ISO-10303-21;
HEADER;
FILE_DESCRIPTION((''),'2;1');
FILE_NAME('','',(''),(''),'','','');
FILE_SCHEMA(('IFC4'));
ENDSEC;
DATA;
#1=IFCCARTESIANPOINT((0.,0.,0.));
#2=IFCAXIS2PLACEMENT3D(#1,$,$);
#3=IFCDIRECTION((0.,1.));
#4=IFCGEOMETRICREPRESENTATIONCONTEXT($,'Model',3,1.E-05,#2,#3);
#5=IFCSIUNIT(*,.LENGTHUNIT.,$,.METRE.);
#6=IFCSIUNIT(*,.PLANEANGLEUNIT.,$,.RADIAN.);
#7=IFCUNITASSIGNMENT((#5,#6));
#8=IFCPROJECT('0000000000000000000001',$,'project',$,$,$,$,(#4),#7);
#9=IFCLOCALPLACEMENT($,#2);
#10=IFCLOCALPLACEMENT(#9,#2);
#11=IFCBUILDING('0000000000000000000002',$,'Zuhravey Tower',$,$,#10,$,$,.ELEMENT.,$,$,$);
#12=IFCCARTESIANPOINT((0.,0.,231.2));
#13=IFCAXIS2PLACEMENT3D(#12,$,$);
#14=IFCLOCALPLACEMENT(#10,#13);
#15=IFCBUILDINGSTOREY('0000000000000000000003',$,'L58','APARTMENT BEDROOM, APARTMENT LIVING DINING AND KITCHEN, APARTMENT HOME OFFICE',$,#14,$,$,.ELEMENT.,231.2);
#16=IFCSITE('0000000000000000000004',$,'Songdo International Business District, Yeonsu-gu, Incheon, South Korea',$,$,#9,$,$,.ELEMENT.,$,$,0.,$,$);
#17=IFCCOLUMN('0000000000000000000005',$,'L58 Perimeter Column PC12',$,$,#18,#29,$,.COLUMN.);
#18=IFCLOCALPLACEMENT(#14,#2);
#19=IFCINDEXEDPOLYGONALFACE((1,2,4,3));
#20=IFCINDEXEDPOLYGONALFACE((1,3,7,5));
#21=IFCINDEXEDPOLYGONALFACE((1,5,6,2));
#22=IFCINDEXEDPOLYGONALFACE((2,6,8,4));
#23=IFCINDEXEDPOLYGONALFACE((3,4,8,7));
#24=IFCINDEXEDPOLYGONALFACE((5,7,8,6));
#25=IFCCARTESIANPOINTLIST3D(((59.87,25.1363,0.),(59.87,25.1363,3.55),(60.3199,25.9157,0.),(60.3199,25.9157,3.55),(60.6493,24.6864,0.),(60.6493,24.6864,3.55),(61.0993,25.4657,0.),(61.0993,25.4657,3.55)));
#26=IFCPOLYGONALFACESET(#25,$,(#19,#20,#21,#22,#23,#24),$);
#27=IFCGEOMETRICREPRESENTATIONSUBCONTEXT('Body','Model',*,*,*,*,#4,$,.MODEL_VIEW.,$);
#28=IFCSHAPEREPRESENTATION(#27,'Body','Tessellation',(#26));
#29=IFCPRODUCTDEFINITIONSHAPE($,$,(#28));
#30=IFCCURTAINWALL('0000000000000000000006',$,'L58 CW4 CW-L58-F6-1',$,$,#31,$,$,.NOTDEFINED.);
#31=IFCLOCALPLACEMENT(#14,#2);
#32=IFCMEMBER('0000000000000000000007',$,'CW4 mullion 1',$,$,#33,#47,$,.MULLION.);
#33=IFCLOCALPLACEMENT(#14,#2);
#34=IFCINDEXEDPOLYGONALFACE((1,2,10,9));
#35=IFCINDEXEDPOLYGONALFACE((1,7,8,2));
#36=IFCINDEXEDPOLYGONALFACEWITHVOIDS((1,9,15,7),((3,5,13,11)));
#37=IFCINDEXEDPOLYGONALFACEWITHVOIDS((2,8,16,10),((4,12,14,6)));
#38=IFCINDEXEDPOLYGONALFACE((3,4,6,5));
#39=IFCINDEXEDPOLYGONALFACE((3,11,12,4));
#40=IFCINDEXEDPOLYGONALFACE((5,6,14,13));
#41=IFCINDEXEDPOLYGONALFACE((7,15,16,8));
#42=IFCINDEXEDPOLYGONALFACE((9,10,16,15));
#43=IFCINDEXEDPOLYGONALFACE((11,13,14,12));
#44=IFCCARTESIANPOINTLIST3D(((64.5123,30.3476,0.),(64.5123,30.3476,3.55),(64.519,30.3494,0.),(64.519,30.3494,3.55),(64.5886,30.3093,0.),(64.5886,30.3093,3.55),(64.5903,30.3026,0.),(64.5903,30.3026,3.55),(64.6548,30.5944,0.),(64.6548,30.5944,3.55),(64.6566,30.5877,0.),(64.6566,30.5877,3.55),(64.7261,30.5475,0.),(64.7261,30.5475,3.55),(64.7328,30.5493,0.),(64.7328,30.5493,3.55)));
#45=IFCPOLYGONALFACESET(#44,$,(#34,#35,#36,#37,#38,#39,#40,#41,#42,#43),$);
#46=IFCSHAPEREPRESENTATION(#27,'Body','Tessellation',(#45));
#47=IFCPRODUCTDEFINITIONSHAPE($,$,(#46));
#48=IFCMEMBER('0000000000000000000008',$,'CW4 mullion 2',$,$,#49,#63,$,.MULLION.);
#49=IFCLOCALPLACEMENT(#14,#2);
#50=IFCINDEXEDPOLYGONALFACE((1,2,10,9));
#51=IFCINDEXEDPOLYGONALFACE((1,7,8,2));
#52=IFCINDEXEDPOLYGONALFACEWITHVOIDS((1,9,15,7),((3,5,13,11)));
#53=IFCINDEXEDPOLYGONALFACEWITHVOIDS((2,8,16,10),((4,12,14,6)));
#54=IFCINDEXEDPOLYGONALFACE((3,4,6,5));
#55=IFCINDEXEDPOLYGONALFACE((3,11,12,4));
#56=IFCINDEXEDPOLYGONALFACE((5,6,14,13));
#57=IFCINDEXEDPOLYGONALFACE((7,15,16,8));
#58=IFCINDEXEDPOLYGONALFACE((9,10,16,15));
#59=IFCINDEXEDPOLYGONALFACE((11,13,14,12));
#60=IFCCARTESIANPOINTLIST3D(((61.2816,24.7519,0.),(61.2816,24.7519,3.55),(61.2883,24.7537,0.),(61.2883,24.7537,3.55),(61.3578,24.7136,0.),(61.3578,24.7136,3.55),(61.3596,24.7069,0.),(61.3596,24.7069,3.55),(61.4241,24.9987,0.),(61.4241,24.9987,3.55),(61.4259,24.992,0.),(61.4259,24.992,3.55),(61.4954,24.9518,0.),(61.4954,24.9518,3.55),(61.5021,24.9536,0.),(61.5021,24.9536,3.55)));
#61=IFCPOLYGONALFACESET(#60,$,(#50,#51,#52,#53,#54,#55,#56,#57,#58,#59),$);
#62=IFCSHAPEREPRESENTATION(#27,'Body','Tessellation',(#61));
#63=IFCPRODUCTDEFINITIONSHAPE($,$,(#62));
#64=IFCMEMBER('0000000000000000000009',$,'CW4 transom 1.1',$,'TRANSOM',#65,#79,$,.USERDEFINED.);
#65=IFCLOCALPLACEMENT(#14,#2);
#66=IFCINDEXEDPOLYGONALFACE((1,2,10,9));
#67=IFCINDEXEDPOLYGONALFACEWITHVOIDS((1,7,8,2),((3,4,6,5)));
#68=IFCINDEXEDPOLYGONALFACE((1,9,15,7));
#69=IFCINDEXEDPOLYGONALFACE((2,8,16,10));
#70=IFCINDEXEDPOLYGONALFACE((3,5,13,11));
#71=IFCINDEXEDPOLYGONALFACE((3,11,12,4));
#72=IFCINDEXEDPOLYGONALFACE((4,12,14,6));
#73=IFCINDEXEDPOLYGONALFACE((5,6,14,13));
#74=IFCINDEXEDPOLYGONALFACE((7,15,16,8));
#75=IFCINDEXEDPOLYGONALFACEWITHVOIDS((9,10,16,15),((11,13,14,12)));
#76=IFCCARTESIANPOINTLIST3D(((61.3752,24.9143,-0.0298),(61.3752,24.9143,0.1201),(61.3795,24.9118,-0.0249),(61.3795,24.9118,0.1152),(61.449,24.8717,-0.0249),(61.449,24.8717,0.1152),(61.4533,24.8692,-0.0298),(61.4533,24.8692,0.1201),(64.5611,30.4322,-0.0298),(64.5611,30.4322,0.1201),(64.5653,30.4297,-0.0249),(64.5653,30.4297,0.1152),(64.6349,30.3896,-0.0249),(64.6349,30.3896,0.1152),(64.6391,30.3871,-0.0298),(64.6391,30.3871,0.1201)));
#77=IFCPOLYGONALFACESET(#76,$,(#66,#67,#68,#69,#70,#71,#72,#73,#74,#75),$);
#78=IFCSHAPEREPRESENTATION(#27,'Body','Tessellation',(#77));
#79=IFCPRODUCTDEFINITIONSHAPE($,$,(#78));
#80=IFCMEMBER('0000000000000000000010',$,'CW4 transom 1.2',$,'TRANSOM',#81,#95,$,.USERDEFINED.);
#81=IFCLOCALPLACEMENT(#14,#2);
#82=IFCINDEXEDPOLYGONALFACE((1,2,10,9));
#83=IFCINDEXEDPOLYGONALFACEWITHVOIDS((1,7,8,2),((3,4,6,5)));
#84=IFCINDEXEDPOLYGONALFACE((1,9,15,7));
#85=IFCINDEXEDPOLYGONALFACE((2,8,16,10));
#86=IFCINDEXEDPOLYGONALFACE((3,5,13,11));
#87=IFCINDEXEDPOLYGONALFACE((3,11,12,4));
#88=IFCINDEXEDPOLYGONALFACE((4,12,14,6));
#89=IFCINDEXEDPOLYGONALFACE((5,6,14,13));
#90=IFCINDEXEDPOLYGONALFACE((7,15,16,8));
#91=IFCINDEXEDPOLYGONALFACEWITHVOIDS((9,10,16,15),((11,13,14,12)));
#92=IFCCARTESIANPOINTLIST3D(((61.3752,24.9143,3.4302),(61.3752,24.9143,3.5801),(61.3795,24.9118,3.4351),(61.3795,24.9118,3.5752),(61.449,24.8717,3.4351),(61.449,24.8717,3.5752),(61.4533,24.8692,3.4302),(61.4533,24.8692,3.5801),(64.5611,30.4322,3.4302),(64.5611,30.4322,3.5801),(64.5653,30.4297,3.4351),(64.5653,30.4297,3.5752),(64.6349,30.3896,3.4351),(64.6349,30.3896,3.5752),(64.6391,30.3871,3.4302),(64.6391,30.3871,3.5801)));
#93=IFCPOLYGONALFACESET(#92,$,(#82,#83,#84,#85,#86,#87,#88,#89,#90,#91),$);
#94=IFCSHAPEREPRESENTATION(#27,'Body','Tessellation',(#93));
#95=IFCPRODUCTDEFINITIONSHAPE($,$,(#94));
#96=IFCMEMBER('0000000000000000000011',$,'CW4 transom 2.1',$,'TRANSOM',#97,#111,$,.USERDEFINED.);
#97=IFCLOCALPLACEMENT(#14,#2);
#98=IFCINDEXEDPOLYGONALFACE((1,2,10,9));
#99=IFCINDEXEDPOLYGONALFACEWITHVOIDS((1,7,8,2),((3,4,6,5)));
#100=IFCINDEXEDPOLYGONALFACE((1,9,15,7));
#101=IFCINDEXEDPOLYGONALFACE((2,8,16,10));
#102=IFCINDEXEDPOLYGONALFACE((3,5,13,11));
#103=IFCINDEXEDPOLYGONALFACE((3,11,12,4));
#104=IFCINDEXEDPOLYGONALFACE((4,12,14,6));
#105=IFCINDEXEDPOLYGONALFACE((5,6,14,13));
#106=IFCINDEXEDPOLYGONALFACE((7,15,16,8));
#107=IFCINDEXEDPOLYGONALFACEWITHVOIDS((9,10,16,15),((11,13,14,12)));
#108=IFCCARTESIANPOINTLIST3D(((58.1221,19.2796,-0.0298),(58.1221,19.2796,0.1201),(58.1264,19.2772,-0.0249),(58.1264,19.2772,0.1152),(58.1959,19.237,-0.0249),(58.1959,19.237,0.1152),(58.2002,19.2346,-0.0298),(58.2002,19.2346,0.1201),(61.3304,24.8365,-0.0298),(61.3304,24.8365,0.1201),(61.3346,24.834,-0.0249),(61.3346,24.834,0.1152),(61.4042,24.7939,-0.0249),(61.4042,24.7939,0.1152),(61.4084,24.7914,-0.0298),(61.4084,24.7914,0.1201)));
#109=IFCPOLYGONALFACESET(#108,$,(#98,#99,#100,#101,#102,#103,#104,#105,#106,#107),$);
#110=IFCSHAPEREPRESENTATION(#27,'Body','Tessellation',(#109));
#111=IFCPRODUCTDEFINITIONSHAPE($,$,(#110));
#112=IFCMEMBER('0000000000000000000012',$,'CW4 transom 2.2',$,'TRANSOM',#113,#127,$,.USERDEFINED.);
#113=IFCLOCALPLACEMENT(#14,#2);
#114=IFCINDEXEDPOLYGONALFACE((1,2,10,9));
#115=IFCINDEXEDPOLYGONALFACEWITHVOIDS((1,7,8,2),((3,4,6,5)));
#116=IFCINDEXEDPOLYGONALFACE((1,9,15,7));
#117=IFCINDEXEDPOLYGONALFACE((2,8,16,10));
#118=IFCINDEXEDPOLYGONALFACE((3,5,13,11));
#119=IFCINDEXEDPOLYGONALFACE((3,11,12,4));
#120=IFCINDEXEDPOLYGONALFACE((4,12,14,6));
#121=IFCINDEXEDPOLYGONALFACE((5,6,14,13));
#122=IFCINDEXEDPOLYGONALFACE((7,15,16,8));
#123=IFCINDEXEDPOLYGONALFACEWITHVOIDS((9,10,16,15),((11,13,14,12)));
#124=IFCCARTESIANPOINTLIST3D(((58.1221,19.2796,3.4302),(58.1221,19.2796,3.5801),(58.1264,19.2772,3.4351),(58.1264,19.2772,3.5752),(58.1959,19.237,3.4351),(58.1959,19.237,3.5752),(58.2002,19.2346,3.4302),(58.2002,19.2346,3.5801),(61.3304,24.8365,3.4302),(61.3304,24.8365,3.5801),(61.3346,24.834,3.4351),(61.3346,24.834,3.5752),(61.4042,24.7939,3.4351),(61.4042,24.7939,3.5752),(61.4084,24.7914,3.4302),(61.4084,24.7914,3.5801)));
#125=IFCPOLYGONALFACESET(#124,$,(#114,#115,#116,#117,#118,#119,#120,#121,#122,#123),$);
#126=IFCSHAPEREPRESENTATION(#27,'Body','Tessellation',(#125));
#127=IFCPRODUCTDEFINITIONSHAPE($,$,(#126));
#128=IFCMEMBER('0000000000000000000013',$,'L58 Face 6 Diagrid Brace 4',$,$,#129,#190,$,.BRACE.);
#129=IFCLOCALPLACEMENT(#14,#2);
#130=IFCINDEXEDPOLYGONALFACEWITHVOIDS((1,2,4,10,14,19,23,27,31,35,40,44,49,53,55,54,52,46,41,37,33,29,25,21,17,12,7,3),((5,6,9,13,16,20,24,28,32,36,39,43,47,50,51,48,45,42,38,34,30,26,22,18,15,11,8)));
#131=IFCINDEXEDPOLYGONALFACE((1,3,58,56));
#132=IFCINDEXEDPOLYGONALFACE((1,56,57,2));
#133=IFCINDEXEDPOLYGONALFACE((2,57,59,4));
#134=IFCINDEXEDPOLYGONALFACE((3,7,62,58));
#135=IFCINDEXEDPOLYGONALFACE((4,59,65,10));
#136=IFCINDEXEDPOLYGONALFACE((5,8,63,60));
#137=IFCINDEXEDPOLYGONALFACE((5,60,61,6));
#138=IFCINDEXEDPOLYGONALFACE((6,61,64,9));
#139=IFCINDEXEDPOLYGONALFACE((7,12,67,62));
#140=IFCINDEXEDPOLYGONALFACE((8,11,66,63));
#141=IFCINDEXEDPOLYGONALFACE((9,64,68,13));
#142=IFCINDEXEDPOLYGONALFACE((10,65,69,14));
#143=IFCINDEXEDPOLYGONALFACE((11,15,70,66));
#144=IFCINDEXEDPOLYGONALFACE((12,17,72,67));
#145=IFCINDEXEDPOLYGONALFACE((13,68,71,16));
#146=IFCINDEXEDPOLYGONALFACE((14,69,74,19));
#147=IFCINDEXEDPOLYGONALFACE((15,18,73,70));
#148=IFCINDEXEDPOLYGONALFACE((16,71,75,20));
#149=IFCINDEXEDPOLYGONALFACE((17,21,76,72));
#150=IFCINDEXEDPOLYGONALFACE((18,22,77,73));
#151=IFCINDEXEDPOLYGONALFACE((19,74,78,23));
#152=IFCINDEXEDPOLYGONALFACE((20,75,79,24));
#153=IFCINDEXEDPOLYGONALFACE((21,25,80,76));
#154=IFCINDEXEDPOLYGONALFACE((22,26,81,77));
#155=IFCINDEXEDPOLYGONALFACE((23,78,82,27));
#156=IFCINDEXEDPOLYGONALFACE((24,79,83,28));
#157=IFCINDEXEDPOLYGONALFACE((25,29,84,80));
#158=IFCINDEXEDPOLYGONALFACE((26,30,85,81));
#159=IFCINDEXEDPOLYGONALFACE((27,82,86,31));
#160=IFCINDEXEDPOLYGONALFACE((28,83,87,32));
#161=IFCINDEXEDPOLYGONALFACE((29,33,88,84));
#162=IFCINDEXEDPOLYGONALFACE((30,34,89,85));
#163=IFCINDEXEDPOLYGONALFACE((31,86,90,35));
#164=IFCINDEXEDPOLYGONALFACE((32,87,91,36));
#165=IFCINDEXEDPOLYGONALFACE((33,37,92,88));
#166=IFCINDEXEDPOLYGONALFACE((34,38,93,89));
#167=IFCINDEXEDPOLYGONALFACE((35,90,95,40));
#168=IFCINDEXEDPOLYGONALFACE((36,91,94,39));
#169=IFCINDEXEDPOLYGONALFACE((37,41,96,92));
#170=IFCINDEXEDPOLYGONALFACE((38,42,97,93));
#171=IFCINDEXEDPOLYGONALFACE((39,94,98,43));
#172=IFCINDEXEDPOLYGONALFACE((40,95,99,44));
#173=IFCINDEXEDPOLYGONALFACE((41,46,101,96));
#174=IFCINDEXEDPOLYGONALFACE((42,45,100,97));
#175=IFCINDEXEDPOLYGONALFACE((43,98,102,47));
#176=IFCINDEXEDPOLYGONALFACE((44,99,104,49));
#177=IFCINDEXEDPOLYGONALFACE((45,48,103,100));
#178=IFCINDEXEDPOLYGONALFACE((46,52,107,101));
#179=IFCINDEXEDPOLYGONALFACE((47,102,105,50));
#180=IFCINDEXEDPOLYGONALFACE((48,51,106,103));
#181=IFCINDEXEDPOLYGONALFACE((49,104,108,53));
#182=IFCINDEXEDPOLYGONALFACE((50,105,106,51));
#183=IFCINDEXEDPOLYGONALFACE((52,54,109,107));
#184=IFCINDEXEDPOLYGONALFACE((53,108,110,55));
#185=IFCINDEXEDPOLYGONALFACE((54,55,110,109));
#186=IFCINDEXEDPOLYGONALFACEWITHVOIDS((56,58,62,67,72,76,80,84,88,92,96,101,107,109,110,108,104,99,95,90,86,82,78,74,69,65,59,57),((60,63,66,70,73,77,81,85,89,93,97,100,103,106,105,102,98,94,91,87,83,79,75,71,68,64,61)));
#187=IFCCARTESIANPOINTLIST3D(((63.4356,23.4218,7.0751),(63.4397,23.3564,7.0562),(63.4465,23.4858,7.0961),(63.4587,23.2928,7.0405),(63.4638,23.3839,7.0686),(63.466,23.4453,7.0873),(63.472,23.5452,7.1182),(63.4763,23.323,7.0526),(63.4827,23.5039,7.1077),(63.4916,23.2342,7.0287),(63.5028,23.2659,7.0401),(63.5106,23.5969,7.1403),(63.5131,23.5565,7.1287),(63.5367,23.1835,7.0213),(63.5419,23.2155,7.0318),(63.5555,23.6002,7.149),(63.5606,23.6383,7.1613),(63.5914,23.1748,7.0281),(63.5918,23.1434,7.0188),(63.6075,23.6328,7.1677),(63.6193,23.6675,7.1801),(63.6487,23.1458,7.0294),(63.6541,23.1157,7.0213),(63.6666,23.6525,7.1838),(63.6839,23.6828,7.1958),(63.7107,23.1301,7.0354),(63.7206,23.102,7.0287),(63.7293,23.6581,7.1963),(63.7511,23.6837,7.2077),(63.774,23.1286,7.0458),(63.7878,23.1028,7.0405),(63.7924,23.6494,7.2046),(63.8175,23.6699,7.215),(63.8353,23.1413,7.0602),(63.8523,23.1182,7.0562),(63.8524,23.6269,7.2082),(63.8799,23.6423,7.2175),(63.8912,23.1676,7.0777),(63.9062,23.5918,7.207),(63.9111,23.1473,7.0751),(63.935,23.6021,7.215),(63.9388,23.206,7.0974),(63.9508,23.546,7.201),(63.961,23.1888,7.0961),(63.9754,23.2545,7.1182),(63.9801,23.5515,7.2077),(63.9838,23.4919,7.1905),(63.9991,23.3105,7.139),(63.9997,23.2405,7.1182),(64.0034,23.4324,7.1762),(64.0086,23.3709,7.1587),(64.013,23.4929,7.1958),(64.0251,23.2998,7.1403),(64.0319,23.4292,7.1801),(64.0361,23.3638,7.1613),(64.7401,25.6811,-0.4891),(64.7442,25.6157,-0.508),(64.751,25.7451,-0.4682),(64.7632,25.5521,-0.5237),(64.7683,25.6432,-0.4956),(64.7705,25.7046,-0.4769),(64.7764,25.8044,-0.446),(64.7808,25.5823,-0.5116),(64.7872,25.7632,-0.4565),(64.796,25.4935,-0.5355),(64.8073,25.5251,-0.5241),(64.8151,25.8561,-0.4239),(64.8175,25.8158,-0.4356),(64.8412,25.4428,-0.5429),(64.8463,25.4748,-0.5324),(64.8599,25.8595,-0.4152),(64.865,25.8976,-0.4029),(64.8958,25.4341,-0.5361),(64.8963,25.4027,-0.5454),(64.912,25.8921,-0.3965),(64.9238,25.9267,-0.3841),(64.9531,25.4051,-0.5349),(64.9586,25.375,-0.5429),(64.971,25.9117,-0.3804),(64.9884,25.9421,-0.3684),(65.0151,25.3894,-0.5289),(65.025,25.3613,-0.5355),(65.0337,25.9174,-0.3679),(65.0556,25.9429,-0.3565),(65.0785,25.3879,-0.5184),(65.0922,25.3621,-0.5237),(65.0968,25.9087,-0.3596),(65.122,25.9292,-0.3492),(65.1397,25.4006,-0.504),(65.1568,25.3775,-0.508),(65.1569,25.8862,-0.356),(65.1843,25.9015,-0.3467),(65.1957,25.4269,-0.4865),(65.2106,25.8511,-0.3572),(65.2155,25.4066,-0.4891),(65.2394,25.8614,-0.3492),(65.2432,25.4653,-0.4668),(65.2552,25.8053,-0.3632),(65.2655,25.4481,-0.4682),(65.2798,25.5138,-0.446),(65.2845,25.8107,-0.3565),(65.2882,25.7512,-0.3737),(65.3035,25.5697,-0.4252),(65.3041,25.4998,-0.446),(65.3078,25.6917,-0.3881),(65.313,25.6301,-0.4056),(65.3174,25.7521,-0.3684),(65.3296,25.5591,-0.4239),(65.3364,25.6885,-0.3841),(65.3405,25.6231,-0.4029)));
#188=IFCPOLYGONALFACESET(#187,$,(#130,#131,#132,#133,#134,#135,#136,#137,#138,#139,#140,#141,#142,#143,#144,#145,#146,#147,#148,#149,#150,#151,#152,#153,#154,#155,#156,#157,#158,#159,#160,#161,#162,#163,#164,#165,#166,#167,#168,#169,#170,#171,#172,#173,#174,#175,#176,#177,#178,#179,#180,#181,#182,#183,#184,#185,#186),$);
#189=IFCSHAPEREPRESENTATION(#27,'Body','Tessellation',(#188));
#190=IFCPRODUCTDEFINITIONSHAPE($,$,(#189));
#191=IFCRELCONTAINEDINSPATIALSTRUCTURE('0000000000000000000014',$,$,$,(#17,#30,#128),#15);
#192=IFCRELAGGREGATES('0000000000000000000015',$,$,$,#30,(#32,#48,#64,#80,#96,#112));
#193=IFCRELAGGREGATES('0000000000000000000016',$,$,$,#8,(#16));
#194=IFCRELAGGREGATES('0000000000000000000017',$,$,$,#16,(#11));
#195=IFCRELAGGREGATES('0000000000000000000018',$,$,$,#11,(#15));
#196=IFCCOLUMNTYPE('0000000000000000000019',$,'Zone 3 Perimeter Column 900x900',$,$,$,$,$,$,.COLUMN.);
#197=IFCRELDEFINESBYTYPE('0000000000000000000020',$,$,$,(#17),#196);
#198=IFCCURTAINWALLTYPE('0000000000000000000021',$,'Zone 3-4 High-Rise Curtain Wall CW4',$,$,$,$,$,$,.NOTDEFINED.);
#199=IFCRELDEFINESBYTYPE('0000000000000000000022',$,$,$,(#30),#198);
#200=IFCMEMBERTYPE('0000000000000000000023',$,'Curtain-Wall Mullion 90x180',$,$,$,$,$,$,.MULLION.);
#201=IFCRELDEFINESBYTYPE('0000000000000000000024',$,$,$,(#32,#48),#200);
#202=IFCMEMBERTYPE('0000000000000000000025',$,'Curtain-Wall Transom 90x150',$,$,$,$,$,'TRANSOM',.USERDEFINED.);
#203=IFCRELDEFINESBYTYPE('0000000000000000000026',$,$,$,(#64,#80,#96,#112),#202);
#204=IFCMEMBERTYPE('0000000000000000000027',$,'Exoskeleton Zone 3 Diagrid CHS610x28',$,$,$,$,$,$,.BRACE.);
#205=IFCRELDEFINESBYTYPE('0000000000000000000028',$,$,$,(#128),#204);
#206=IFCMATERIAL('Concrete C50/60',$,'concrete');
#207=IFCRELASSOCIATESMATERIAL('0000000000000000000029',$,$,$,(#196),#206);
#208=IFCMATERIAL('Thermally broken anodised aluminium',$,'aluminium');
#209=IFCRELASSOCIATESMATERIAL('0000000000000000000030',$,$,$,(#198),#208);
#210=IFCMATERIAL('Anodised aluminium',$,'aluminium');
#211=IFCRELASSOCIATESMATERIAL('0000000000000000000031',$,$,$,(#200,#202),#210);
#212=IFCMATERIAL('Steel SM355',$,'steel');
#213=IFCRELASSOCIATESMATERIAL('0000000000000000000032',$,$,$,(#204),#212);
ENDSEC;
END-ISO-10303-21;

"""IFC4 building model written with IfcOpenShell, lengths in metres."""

from ifc_helpers import new_model, si_unit, direction, frame, origin, origin_2d, place, context, subcontext, project, spatial, rectangle, hollow_rectangle, hollow_circle, extrude, material, material_profile, profile_set, type_object, element, aggregate, save


model = new_model("IFC4")

# Units and contexts
model_context = context("Model", 3, precision=1e-05, world=origin(), true_north=direction((0.0, 1.0)))
body_context = subcontext(model_context, "Body", "Model", "MODEL_VIEW")
ifc_project = project(units=[si_unit("LENGTHUNIT", "METRE"), si_unit("PLANEANGLEUNIT", "RADIAN")], contexts=[model_context])

# Site, building, storey
site_placement = place(None, origin())
site = spatial("IfcSite", under=ifc_project, at=site_placement, Name="Songdo International Business District, Yeonsu-gu, Incheon, South Korea", CompositionType="ELEMENT", RefElevation=0.0)
building_placement = place(site_placement, origin())
building = spatial("IfcBuilding", under=site, at=building_placement, Name="Zuhravey Tower", CompositionType="ELEMENT")
storey_placement = place(building_placement, frame((0.0, 0.0, 231.2)))
storey = spatial("IfcBuildingStorey", under=building, at=storey_placement, Name="L58", Description="APARTMENT BEDROOM, APARTMENT LIVING DINING AND KITCHEN, APARTMENT HOME OFFICE", CompositionType="ELEMENT", Elevation=231.2)

# Column
ifc_material_1 = material(Name="Concrete C50/60", Category="concrete")
ifc_material_profile_1 = material_profile(ifc_material_1, rectangle(XDim=0.8999, YDim=0.8999, at=origin_2d()), Name="RC-900x900")
ifc_profile_set_1 = profile_set([ifc_material_profile_1], Name="Concrete C50/60")
column_type = type_object("IfcColumnType", Name="Zone 3 Perimeter Column 900x900", PredefinedType="COLUMN", material=ifc_profile_set_1)
column_placement = place(storey_placement, frame((60.4846, 25.301, 0.0), z_axis=(0.0, 0.0, 1.0), x_axis=(0.5, 0.866025, 0.0)))
element("IfcColumn", 1, at=column_placement, inside=storey, type_object=column_type, Name="L58 Perimeter Column PC12", PredefinedType="COLUMN", context=body_context, shape_type="SweptSolid", body=[
    extrude(rectangle(XDim=0.8999, YDim=0.8999, at=origin_2d()), origin(), (0.0, 0.0, 1.0), 3.55),
])

# Curtain wall, members
ifc_material_2 = material(Name="Thermally broken anodised aluminium", Category="aluminium")
curtain_wall_type = type_object("IfcCurtainWallType", Name="Zone 3-4 High-Rise Curtain Wall CW4", PredefinedType="NOTDEFINED", material=ifc_material_2)
curtain_wall_placement = place(storey_placement, origin())
curtain_wall = element("IfcCurtainWall", 2, at=curtain_wall_placement, inside=storey, type_object=curtain_wall_type, Name="L58 CW4 CW-L58-F6-1", PredefinedType="NOTDEFINED")
ifc_material_3 = material(Name="Anodised aluminium", Category="aluminium")
ifc_material_profile_2 = material_profile(ifc_material_3, hollow_rectangle(XDim=0.0901, YDim=0.2849, WallThickness=0.0049, at=origin_2d()), Name="ALU-RHS-90x285x5")
ifc_profile_set_2 = profile_set([ifc_material_profile_2], Name="Anodised aluminium")
member_type_1 = type_object("IfcMemberType", Name="Curtain-Wall Mullion 90x180", PredefinedType="MULLION", material=ifc_profile_set_2)
member_1_placement = place(storey_placement, frame((64.6226, 30.4485, 0.0), z_axis=(0.0, 0.0, 1.0), x_axis=(0.866025, -0.500001, 0.0)))
member_1 = element("IfcMember", 3, at=member_1_placement, type_object=member_type_1, Name="CW4 mullion 1", PredefinedType="MULLION", context=body_context, shape_type="SweptSolid", body=[
    extrude(hollow_rectangle(XDim=0.0901, YDim=0.2849, WallThickness=0.0049, at=origin_2d()), origin(), (0.0, 0.0, 1.0), 3.55),
])
member_2_placement = place(storey_placement, frame((61.3918, 24.8528, 0.0), z_axis=(0.0, 0.0, 1.0), x_axis=(0.866025, -0.500001, 0.0)))
member_2 = element("IfcMember", 4, at=member_2_placement, type_object=member_type_1, Name="CW4 mullion 2", PredefinedType="MULLION", context=body_context, shape_type="SweptSolid", body=[
    extrude(hollow_rectangle(XDim=0.0901, YDim=0.2849, WallThickness=0.0049, at=origin_2d()), origin(), (0.0, 0.0, 1.0), 3.55),
])
ifc_material_profile_3 = material_profile(ifc_material_3, hollow_rectangle(XDim=0.0901, YDim=0.1499, WallThickness=0.0049, at=origin_2d()), Name="ALU-RHS-90x150x5")
ifc_profile_set_3 = profile_set([ifc_material_profile_3], Name="Anodised aluminium")
member_type_2 = type_object("IfcMemberType", Name="Curtain-Wall Transom 90x150", ElementType="TRANSOM", PredefinedType="USERDEFINED", material=ifc_profile_set_3)
member_3_placement = place(storey_placement, frame((64.6001, 30.4097, 0.0452), z_axis=(-0.500009, -0.86602, 0.0), x_axis=(0.86602, -0.500009, 0.0)))
member_3 = element("IfcMember", 5, at=member_3_placement, type_object=member_type_2, Name="CW4 transom 1.1", ObjectType="TRANSOM", PredefinedType="USERDEFINED", context=body_context, shape_type="SweptSolid", body=[
    extrude(hollow_rectangle(XDim=0.0901, YDim=0.1499, WallThickness=0.0049, at=origin_2d()), origin(), (0.0, 0.0, 1.0), 6.3716),
])
member_4_placement = place(storey_placement, frame((64.6001, 30.4097, 3.5051), z_axis=(-0.500009, -0.86602, 0.0), x_axis=(0.86602, -0.500009, 0.0)))
member_4 = element("IfcMember", 6, at=member_4_placement, type_object=member_type_2, Name="CW4 transom 1.2", ObjectType="TRANSOM", PredefinedType="USERDEFINED", context=body_context, shape_type="SweptSolid", body=[
    extrude(hollow_rectangle(XDim=0.0901, YDim=0.1499, WallThickness=0.0049, at=origin_2d()), origin(), (0.0, 0.0, 1.0), 6.3716),
])
member_5_placement = place(storey_placement, frame((61.3694, 24.814, 0.0452), z_axis=(-0.499998, -0.866027, 0.0), x_axis=(0.866027, -0.499998, 0.0)))
member_5 = element("IfcMember", 7, at=member_5_placement, type_object=member_type_2, Name="CW4 transom 2.1", ObjectType="TRANSOM", PredefinedType="USERDEFINED", context=body_context, shape_type="SweptSolid", body=[
    extrude(hollow_rectangle(XDim=0.0901, YDim=0.1499, WallThickness=0.0049, at=origin_2d()), origin(), (0.0, 0.0, 1.0), 6.4165),
])
member_6_placement = place(storey_placement, frame((61.3694, 24.814, 3.5051), z_axis=(-0.499998, -0.866027, 0.0), x_axis=(0.866027, -0.499998, 0.0)))
member_6 = element("IfcMember", 8, at=member_6_placement, type_object=member_type_2, Name="CW4 transom 2.2", ObjectType="TRANSOM", PredefinedType="USERDEFINED", context=body_context, shape_type="SweptSolid", body=[
    extrude(hollow_rectangle(XDim=0.0901, YDim=0.1499, WallThickness=0.0049, at=origin_2d()), origin(), (0.0, 0.0, 1.0), 6.4165),
])

# Member
ifc_material_4 = material(Name="Steel SM355", Category="steel")
ifc_material_profile_4 = material_profile(ifc_material_4, hollow_circle(Radius=0.3047, WallThickness=0.0281, at=origin_2d()), Name="CHS-609.6x28")
ifc_profile_set_4 = profile_set([ifc_material_profile_4], Name="Steel SM355")
member_type_3 = type_object("IfcMemberType", Name="Exoskeleton Zone 3 Diagrid CHS610x28", PredefinedType="BRACE", material=ifc_profile_set_4)
member_7_placement = place(storey_placement, frame((65.0403, 25.6521, -0.446), z_axis=(-0.163026, -0.282359, 0.945355), x_axis=(0.866017, -0.500014, 0.0)))
element("IfcMember", 9, at=member_7_placement, inside=storey, type_object=member_type_3, Name="L58 Face 6 Diagrid Brace 4", PredefinedType="BRACE", context=body_context, shape_type="SweptSolid", body=[
    extrude(hollow_circle(Radius=0.3047, WallThickness=0.0281, at=origin_2d()), origin(), (0.0, 0.0, 1.0), 8.0015),
])

aggregate(curtain_wall, [member_1, member_2, member_3, member_4, member_5, member_6])

save(model, "model.ifc")
